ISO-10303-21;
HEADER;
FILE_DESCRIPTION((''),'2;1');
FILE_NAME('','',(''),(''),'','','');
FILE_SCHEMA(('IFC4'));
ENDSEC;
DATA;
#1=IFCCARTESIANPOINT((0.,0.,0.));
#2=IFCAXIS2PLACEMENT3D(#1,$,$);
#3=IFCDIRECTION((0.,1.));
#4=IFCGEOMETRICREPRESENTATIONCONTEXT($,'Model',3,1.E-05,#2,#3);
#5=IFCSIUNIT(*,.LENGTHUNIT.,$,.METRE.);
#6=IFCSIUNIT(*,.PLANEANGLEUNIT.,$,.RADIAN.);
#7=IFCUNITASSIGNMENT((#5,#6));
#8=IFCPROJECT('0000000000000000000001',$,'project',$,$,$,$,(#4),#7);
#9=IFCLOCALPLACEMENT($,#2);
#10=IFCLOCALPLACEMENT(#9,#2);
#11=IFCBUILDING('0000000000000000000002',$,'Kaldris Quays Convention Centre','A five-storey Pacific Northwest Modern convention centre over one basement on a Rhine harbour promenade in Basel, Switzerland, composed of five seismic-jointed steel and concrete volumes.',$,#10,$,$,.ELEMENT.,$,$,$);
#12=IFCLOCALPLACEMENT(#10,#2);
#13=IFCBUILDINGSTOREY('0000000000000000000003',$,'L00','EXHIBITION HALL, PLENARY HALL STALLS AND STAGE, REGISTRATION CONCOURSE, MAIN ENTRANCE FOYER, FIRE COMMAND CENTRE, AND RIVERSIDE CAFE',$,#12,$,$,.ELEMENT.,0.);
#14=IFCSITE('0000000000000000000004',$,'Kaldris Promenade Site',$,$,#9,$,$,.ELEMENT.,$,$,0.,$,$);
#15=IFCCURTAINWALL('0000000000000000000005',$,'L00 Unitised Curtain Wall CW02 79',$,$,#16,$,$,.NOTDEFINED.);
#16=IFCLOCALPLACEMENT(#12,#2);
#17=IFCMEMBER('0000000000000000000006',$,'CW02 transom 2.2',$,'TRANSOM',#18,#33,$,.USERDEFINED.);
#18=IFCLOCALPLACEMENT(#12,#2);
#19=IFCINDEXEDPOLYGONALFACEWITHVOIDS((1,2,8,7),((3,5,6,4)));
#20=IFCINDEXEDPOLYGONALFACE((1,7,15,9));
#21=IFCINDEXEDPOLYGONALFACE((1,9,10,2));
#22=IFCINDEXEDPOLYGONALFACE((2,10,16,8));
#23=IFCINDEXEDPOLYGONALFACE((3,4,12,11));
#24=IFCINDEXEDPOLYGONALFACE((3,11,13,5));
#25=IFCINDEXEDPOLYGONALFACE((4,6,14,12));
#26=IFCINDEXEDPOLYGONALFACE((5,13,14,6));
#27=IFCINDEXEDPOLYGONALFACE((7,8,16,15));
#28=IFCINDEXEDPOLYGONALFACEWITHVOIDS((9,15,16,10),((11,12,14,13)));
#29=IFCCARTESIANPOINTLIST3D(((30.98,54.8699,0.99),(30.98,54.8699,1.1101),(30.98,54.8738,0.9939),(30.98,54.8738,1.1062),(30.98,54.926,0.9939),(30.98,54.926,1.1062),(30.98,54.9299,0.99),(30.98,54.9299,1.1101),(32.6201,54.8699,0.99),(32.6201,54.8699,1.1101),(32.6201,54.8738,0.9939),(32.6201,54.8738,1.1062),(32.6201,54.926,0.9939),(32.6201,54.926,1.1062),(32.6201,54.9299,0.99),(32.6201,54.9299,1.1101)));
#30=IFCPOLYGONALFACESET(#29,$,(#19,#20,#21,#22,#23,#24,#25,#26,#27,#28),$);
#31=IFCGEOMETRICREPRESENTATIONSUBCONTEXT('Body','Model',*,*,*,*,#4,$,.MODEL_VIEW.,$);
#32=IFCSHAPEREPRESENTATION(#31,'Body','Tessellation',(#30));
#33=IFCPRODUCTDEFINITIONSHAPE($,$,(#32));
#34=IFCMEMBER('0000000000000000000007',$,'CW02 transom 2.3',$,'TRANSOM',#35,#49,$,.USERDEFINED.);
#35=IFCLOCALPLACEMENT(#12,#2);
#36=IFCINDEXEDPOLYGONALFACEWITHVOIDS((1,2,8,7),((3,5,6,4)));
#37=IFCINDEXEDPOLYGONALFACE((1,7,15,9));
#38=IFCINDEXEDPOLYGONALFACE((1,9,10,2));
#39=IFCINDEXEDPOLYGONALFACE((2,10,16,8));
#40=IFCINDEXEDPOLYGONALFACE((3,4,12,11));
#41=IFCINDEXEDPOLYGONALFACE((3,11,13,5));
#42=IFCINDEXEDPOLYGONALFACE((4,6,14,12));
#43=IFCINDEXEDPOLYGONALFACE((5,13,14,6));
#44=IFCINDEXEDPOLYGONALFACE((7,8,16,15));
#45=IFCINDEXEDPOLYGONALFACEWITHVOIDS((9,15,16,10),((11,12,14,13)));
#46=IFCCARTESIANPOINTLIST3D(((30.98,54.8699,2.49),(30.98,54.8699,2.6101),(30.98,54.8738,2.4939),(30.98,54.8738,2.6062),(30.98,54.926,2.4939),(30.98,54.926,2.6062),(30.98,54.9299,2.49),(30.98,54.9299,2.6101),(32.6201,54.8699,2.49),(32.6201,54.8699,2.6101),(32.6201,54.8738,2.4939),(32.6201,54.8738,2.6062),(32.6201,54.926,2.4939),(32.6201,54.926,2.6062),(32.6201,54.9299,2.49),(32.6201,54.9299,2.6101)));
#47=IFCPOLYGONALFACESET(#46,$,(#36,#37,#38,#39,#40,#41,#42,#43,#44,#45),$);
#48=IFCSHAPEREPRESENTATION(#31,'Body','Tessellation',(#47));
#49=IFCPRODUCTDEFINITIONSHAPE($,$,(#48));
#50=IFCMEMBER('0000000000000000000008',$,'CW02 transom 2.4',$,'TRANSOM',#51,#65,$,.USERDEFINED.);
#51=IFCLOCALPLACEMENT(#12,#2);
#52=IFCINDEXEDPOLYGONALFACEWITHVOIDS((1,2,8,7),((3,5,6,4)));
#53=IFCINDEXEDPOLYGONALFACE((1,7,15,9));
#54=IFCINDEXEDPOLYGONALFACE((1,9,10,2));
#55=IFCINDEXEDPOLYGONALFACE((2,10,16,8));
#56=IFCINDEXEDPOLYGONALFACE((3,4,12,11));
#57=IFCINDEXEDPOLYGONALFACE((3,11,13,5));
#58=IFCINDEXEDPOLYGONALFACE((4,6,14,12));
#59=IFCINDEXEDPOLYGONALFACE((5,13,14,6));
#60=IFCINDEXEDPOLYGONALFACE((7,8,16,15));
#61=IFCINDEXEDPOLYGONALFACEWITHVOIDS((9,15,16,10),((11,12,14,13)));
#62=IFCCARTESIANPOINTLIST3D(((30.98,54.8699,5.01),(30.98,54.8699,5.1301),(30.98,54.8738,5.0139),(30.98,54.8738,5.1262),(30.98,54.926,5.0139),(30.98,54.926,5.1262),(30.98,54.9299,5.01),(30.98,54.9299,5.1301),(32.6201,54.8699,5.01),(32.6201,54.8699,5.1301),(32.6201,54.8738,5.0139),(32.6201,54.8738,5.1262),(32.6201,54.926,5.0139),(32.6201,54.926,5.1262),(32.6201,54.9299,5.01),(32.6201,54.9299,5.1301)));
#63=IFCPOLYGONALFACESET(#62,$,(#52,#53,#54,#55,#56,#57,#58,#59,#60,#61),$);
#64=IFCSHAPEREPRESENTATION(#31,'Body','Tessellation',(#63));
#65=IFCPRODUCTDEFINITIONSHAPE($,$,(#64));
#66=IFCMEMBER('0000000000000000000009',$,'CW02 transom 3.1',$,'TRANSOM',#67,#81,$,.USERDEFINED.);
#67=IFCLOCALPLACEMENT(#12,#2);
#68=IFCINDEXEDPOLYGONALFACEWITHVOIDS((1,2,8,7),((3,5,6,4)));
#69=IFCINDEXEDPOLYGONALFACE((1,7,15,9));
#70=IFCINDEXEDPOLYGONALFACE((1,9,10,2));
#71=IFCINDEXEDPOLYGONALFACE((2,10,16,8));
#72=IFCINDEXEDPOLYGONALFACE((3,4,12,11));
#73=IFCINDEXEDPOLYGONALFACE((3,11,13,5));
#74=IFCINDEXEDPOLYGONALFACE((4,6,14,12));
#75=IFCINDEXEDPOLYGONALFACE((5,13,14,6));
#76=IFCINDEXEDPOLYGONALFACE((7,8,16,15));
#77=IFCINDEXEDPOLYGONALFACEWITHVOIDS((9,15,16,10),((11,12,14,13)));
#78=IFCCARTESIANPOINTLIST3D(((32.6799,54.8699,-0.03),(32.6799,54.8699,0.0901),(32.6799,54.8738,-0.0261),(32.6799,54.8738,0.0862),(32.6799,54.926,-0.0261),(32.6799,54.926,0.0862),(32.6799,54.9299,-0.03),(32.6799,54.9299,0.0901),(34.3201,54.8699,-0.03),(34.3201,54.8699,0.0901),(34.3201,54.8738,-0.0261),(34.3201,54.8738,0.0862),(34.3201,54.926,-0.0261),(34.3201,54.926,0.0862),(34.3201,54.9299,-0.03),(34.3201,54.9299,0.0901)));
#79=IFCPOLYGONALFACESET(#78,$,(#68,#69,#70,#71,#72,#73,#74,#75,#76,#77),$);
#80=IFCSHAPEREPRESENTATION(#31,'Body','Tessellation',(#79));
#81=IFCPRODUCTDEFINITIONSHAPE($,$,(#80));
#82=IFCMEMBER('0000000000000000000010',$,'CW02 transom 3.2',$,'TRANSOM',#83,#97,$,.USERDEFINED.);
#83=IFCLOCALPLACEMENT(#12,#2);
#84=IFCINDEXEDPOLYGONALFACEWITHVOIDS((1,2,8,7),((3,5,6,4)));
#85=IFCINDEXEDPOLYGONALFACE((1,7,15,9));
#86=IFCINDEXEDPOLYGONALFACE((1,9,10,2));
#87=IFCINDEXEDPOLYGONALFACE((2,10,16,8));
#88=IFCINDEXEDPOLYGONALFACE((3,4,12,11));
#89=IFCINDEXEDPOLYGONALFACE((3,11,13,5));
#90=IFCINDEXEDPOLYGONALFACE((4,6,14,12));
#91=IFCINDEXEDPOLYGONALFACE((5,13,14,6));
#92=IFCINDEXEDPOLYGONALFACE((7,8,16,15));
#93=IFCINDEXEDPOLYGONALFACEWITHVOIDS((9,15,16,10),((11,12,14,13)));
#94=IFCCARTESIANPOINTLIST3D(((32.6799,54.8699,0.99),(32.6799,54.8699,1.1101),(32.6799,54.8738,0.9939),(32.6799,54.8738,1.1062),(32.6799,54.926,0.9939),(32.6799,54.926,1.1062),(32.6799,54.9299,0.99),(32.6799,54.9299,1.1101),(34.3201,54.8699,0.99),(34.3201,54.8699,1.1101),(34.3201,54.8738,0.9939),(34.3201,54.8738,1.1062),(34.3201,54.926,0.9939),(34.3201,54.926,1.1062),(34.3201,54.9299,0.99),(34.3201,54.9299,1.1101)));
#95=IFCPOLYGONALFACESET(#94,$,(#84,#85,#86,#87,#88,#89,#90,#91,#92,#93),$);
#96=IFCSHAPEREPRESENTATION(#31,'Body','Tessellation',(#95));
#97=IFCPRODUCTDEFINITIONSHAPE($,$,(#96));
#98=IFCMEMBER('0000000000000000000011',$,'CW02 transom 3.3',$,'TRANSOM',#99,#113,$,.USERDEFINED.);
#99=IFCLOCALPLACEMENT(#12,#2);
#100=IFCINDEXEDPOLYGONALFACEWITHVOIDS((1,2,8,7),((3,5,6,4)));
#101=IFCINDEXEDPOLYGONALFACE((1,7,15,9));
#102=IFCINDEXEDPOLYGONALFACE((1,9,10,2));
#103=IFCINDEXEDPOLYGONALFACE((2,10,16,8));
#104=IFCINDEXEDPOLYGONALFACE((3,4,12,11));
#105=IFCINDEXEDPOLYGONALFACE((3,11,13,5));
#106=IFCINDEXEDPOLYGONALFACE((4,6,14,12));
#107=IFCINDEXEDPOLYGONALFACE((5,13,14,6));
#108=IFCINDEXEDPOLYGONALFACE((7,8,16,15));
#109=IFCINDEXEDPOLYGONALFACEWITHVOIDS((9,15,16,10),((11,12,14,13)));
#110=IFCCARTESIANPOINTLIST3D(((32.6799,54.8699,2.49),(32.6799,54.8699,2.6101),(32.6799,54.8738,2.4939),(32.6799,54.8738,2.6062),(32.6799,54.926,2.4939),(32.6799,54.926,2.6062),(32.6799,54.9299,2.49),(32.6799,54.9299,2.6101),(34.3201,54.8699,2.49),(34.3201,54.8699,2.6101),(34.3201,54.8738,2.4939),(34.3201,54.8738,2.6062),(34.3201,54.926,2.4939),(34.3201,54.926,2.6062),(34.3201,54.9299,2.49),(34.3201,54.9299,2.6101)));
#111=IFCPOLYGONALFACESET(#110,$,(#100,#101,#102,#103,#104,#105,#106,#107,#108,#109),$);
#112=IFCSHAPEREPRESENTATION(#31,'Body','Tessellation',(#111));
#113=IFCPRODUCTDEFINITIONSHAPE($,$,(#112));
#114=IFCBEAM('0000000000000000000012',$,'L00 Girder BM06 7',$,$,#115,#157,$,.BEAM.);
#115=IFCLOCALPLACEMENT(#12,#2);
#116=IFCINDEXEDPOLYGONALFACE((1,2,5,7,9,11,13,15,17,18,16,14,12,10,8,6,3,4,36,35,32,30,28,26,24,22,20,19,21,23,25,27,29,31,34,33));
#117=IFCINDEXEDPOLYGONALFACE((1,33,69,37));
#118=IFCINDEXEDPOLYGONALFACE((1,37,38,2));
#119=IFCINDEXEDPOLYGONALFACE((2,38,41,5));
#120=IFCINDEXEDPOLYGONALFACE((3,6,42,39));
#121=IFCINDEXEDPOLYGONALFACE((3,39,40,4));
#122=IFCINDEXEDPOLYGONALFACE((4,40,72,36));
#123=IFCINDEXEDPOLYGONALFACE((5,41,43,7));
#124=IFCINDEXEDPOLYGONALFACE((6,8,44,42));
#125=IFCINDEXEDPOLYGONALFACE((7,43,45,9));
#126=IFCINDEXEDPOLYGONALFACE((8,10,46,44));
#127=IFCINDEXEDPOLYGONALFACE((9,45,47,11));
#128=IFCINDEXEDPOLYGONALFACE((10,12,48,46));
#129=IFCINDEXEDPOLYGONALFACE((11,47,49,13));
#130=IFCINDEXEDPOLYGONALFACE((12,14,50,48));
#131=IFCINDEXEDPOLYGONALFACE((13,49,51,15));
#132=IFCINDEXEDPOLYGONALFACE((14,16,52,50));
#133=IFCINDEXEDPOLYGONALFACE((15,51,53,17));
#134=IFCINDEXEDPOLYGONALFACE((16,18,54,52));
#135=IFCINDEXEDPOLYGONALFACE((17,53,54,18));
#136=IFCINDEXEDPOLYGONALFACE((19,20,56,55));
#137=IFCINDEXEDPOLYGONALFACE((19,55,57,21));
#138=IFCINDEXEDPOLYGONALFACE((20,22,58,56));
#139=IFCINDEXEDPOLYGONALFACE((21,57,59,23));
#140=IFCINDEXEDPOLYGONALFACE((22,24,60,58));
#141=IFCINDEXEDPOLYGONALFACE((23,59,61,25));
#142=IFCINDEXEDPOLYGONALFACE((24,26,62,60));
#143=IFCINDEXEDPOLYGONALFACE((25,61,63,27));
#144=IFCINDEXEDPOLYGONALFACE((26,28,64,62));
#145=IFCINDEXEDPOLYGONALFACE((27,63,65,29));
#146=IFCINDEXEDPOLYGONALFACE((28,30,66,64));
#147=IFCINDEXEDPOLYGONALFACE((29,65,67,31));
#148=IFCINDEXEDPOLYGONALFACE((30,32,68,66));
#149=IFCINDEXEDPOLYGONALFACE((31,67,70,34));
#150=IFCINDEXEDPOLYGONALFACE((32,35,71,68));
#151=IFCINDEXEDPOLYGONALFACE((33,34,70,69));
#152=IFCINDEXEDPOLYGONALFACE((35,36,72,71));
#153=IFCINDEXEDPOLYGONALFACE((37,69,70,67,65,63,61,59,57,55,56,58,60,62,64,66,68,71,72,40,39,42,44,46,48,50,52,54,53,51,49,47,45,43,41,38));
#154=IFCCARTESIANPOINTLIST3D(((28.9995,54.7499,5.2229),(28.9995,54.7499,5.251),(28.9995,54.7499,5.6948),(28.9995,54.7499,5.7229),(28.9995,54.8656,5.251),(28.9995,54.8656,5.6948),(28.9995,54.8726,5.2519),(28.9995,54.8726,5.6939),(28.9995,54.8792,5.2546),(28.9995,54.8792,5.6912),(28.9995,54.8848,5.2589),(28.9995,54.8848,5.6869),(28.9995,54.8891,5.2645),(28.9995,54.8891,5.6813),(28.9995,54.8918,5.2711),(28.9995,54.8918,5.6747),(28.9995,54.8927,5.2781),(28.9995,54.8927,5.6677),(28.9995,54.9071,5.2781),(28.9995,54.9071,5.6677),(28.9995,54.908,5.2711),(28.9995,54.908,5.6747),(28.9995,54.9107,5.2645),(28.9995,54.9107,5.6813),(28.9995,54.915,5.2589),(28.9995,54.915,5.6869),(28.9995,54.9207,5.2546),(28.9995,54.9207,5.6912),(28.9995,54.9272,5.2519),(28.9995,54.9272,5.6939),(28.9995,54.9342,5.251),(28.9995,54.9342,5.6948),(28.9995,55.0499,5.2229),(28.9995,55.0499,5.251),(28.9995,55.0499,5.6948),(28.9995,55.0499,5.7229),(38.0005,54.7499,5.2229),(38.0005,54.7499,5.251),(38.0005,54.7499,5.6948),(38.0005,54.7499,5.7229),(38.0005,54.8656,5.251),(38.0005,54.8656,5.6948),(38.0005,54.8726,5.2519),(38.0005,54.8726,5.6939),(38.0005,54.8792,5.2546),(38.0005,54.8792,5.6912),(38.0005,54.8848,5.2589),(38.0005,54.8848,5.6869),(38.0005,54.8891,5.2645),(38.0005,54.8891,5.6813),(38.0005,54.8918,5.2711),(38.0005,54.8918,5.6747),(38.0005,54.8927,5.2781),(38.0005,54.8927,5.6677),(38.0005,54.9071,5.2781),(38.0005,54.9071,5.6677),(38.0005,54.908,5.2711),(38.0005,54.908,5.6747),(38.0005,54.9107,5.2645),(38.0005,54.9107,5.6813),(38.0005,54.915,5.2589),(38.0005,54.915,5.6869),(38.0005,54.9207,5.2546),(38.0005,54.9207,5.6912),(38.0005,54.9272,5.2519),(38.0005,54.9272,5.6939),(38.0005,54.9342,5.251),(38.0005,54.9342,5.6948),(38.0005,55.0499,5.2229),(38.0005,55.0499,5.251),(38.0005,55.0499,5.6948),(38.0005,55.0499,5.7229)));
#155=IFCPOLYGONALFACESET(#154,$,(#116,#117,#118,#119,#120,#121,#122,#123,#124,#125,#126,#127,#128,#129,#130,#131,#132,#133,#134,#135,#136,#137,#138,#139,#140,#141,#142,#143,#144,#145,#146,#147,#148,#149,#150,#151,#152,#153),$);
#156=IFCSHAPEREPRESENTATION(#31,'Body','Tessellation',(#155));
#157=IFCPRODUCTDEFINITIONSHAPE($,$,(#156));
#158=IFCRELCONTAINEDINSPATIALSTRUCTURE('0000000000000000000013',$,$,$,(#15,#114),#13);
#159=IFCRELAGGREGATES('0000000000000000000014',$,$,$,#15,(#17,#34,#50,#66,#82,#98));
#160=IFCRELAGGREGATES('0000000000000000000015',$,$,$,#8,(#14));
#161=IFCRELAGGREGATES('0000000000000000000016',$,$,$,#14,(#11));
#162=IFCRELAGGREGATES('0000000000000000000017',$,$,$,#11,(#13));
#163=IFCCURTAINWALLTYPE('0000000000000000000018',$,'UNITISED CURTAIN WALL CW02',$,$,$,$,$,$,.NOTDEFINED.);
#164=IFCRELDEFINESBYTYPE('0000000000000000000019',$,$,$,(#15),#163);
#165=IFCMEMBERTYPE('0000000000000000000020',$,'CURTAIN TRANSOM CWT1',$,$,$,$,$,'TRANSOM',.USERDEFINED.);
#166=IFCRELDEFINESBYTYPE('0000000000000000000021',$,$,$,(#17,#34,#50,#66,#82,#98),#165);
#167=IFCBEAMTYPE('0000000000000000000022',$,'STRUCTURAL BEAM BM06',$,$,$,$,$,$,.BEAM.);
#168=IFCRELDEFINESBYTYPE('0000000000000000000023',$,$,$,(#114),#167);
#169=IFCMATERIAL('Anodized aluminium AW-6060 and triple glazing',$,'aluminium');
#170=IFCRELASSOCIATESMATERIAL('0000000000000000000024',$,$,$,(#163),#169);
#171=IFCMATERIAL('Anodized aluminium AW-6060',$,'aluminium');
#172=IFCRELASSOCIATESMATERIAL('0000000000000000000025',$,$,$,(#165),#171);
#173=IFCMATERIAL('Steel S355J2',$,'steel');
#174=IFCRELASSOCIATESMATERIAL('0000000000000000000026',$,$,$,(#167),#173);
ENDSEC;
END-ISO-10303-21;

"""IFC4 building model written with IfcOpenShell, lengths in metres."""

from ifc_helpers import new_model, si_unit, direction, frame, origin, origin_2d, place, context, subcontext, project, spatial, hollow_rectangle, i_section, extrude, material, material_profile, profile_set, type_object, element, aggregate, save


model = new_model("IFC4")

# Units and contexts
model_context = context("Model", 3, precision=1e-05, world=origin(), true_north=direction((0.0, 1.0)))
body_context = subcontext(model_context, "Body", "Model", "MODEL_VIEW")
ifc_project = project(units=[si_unit("LENGTHUNIT", "METRE"), si_unit("PLANEANGLEUNIT", "RADIAN")], contexts=[model_context])

# Site, building, storey
site_placement = place(None, origin())
site = spatial("IfcSite", under=ifc_project, at=site_placement, Name="Kaldris Promenade Site", CompositionType="ELEMENT", RefElevation=0.0)
building_placement = place(site_placement, origin())
building = spatial("IfcBuilding", under=site, at=building_placement, Name="Kaldris Quays Convention Centre", Description="A five-storey Pacific Northwest Modern convention centre over one basement on a Rhine harbour promenade in Basel, Switzerland, composed of five seismic-jointed steel and concrete volumes.", CompositionType="ELEMENT")
storey_placement = place(building_placement, origin())
storey = spatial("IfcBuildingStorey", under=building, at=storey_placement, Name="L00", Description="EXHIBITION HALL, PLENARY HALL STALLS AND STAGE, REGISTRATION CONCOURSE, MAIN ENTRANCE FOYER, FIRE COMMAND CENTRE, AND RIVERSIDE CAFE", CompositionType="ELEMENT", Elevation=0.0)

# Shared definitions
ifc_material_1 = material(Name="Steel S355J2", Category="steel")

# Curtain wall, members
ifc_material_2 = material(Name="Anodized aluminium AW-6060 and triple glazing", Category="aluminium")
curtain_wall_type = type_object("IfcCurtainWallType", Name="UNITISED CURTAIN WALL CW02", PredefinedType="NOTDEFINED", material=ifc_material_2)
curtain_wall_placement = place(storey_placement, origin())
curtain_wall = element("IfcCurtainWall", 1, at=curtain_wall_placement, inside=storey, type_object=curtain_wall_type, Name="L00 Unitised Curtain Wall CW02 79", PredefinedType="NOTDEFINED")
ifc_material_3 = material(Name="Anodized aluminium AW-6060", Category="aluminium")
ifc_material_profile_1 = material_profile(ifc_material_3, hollow_rectangle(XDim=0.0601, YDim=0.1201, WallThickness=0.0039, at=origin_2d()), Name="RHS 120x60x4")
ifc_profile_set_1 = profile_set([ifc_material_profile_1], Name="Anodized aluminium AW-6060")
member_type_1 = type_object("IfcMemberType", Name="CURTAIN TRANSOM CWT1", ElementType="TRANSOM", PredefinedType="USERDEFINED", material=ifc_profile_set_1)
member_1_placement = place(storey_placement, frame((30.98, 54.8999, 1.05), z_axis=(1.0, 0.0, 0.0), x_axis=(0.0, 1.0, 0.0)))
member_1 = element("IfcMember", 2, at=member_1_placement, type_object=member_type_1, Name="CW02 transom 2.2", ObjectType="TRANSOM", PredefinedType="USERDEFINED", context=body_context, shape_type="SweptSolid", body=[
    extrude(hollow_rectangle(XDim=0.0601, YDim=0.1201, WallThickness=0.0039, at=origin_2d()), origin(), (0.0, 0.0, 1.0), 1.6401),
])
member_2_placement = place(storey_placement, frame((30.98, 54.8999, 2.55), z_axis=(1.0, 0.0, 0.0), x_axis=(0.0, 1.0, 0.0)))
member_2 = element("IfcMember", 3, at=member_2_placement, type_object=member_type_1, Name="CW02 transom 2.3", ObjectType="TRANSOM", PredefinedType="USERDEFINED", context=body_context, shape_type="SweptSolid", body=[
    extrude(hollow_rectangle(XDim=0.0601, YDim=0.1201, WallThickness=0.0039, at=origin_2d()), origin(), (0.0, 0.0, 1.0), 1.6401),
])
member_3_placement = place(storey_placement, frame((30.98, 54.8999, 5.0701), z_axis=(1.0, 0.0, 0.0), x_axis=(0.0, 1.0, 0.0)))
member_3 = element("IfcMember", 4, at=member_3_placement, type_object=member_type_1, Name="CW02 transom 2.4", ObjectType="TRANSOM", PredefinedType="USERDEFINED", context=body_context, shape_type="SweptSolid", body=[
    extrude(hollow_rectangle(XDim=0.0601, YDim=0.1201, WallThickness=0.0039, at=origin_2d()), origin(), (0.0, 0.0, 1.0), 1.6401),
])
member_4_placement = place(storey_placement, frame((32.6799, 54.8999, 0.03), z_axis=(1.0, 0.0, 0.0), x_axis=(0.0, 1.0, 0.0)))
member_4 = element("IfcMember", 5, at=member_4_placement, type_object=member_type_1, Name="CW02 transom 3.1", ObjectType="TRANSOM", PredefinedType="USERDEFINED", context=body_context, shape_type="SweptSolid", body=[
    extrude(hollow_rectangle(XDim=0.0601, YDim=0.1201, WallThickness=0.0039, at=origin_2d()), origin(), (0.0, 0.0, 1.0), 1.6401),
])
member_5_placement = place(storey_placement, frame((32.6799, 54.8999, 1.05), z_axis=(1.0, 0.0, 0.0), x_axis=(0.0, 1.0, 0.0)))
member_5 = element("IfcMember", 6, at=member_5_placement, type_object=member_type_1, Name="CW02 transom 3.2", ObjectType="TRANSOM", PredefinedType="USERDEFINED", context=body_context, shape_type="SweptSolid", body=[
    extrude(hollow_rectangle(XDim=0.0601, YDim=0.1201, WallThickness=0.0039, at=origin_2d()), origin(), (0.0, 0.0, 1.0), 1.6401),
])
member_6_placement = place(storey_placement, frame((32.6799, 54.8999, 2.55), z_axis=(1.0, 0.0, 0.0), x_axis=(0.0, 1.0, 0.0)))
member_6 = element("IfcMember", 7, at=member_6_placement, type_object=member_type_1, Name="CW02 transom 3.3", ObjectType="TRANSOM", PredefinedType="USERDEFINED", context=body_context, shape_type="SweptSolid", body=[
    extrude(hollow_rectangle(XDim=0.0601, YDim=0.1201, WallThickness=0.0039, at=origin_2d()), origin(), (0.0, 0.0, 1.0), 1.6401),
])

# Beam
ifc_material_profile_2 = material_profile(ifc_material_1, i_section(OverallWidth=0.3, OverallDepth=0.5, WebThickness=0.0144, FlangeThickness=0.0281, FilletRadius=0.0271, at=origin_2d()), Name="HEB 500")
ifc_profile_set_2 = profile_set([ifc_material_profile_2], Name="Steel S355J2")
beam_type_1 = type_object("IfcBeamType", Name="STRUCTURAL BEAM BM06", PredefinedType="BEAM", material=ifc_profile_set_2)
beam_1_placement = place(storey_placement, frame((28.9995, 54.8999, 5.4729), z_axis=(1.0, 0.0, 0.0), x_axis=(0.0, 1.0, 0.0)))
element("IfcBeam", 8, at=beam_1_placement, inside=storey, type_object=beam_type_1, Name="L00 Girder BM06 7", PredefinedType="BEAM", context=body_context, shape_type="SweptSolid", body=[
    extrude(i_section(OverallWidth=0.3, OverallDepth=0.5, WebThickness=0.0144, FlangeThickness=0.0281, FilletRadius=0.0271, at=origin_2d()), origin(), (0.0, 0.0, 1.0), 9.001),
])

aggregate(curtain_wall, [member_1, member_2, member_3, member_4, member_5, member_6])

save(model, "model.ifc")
